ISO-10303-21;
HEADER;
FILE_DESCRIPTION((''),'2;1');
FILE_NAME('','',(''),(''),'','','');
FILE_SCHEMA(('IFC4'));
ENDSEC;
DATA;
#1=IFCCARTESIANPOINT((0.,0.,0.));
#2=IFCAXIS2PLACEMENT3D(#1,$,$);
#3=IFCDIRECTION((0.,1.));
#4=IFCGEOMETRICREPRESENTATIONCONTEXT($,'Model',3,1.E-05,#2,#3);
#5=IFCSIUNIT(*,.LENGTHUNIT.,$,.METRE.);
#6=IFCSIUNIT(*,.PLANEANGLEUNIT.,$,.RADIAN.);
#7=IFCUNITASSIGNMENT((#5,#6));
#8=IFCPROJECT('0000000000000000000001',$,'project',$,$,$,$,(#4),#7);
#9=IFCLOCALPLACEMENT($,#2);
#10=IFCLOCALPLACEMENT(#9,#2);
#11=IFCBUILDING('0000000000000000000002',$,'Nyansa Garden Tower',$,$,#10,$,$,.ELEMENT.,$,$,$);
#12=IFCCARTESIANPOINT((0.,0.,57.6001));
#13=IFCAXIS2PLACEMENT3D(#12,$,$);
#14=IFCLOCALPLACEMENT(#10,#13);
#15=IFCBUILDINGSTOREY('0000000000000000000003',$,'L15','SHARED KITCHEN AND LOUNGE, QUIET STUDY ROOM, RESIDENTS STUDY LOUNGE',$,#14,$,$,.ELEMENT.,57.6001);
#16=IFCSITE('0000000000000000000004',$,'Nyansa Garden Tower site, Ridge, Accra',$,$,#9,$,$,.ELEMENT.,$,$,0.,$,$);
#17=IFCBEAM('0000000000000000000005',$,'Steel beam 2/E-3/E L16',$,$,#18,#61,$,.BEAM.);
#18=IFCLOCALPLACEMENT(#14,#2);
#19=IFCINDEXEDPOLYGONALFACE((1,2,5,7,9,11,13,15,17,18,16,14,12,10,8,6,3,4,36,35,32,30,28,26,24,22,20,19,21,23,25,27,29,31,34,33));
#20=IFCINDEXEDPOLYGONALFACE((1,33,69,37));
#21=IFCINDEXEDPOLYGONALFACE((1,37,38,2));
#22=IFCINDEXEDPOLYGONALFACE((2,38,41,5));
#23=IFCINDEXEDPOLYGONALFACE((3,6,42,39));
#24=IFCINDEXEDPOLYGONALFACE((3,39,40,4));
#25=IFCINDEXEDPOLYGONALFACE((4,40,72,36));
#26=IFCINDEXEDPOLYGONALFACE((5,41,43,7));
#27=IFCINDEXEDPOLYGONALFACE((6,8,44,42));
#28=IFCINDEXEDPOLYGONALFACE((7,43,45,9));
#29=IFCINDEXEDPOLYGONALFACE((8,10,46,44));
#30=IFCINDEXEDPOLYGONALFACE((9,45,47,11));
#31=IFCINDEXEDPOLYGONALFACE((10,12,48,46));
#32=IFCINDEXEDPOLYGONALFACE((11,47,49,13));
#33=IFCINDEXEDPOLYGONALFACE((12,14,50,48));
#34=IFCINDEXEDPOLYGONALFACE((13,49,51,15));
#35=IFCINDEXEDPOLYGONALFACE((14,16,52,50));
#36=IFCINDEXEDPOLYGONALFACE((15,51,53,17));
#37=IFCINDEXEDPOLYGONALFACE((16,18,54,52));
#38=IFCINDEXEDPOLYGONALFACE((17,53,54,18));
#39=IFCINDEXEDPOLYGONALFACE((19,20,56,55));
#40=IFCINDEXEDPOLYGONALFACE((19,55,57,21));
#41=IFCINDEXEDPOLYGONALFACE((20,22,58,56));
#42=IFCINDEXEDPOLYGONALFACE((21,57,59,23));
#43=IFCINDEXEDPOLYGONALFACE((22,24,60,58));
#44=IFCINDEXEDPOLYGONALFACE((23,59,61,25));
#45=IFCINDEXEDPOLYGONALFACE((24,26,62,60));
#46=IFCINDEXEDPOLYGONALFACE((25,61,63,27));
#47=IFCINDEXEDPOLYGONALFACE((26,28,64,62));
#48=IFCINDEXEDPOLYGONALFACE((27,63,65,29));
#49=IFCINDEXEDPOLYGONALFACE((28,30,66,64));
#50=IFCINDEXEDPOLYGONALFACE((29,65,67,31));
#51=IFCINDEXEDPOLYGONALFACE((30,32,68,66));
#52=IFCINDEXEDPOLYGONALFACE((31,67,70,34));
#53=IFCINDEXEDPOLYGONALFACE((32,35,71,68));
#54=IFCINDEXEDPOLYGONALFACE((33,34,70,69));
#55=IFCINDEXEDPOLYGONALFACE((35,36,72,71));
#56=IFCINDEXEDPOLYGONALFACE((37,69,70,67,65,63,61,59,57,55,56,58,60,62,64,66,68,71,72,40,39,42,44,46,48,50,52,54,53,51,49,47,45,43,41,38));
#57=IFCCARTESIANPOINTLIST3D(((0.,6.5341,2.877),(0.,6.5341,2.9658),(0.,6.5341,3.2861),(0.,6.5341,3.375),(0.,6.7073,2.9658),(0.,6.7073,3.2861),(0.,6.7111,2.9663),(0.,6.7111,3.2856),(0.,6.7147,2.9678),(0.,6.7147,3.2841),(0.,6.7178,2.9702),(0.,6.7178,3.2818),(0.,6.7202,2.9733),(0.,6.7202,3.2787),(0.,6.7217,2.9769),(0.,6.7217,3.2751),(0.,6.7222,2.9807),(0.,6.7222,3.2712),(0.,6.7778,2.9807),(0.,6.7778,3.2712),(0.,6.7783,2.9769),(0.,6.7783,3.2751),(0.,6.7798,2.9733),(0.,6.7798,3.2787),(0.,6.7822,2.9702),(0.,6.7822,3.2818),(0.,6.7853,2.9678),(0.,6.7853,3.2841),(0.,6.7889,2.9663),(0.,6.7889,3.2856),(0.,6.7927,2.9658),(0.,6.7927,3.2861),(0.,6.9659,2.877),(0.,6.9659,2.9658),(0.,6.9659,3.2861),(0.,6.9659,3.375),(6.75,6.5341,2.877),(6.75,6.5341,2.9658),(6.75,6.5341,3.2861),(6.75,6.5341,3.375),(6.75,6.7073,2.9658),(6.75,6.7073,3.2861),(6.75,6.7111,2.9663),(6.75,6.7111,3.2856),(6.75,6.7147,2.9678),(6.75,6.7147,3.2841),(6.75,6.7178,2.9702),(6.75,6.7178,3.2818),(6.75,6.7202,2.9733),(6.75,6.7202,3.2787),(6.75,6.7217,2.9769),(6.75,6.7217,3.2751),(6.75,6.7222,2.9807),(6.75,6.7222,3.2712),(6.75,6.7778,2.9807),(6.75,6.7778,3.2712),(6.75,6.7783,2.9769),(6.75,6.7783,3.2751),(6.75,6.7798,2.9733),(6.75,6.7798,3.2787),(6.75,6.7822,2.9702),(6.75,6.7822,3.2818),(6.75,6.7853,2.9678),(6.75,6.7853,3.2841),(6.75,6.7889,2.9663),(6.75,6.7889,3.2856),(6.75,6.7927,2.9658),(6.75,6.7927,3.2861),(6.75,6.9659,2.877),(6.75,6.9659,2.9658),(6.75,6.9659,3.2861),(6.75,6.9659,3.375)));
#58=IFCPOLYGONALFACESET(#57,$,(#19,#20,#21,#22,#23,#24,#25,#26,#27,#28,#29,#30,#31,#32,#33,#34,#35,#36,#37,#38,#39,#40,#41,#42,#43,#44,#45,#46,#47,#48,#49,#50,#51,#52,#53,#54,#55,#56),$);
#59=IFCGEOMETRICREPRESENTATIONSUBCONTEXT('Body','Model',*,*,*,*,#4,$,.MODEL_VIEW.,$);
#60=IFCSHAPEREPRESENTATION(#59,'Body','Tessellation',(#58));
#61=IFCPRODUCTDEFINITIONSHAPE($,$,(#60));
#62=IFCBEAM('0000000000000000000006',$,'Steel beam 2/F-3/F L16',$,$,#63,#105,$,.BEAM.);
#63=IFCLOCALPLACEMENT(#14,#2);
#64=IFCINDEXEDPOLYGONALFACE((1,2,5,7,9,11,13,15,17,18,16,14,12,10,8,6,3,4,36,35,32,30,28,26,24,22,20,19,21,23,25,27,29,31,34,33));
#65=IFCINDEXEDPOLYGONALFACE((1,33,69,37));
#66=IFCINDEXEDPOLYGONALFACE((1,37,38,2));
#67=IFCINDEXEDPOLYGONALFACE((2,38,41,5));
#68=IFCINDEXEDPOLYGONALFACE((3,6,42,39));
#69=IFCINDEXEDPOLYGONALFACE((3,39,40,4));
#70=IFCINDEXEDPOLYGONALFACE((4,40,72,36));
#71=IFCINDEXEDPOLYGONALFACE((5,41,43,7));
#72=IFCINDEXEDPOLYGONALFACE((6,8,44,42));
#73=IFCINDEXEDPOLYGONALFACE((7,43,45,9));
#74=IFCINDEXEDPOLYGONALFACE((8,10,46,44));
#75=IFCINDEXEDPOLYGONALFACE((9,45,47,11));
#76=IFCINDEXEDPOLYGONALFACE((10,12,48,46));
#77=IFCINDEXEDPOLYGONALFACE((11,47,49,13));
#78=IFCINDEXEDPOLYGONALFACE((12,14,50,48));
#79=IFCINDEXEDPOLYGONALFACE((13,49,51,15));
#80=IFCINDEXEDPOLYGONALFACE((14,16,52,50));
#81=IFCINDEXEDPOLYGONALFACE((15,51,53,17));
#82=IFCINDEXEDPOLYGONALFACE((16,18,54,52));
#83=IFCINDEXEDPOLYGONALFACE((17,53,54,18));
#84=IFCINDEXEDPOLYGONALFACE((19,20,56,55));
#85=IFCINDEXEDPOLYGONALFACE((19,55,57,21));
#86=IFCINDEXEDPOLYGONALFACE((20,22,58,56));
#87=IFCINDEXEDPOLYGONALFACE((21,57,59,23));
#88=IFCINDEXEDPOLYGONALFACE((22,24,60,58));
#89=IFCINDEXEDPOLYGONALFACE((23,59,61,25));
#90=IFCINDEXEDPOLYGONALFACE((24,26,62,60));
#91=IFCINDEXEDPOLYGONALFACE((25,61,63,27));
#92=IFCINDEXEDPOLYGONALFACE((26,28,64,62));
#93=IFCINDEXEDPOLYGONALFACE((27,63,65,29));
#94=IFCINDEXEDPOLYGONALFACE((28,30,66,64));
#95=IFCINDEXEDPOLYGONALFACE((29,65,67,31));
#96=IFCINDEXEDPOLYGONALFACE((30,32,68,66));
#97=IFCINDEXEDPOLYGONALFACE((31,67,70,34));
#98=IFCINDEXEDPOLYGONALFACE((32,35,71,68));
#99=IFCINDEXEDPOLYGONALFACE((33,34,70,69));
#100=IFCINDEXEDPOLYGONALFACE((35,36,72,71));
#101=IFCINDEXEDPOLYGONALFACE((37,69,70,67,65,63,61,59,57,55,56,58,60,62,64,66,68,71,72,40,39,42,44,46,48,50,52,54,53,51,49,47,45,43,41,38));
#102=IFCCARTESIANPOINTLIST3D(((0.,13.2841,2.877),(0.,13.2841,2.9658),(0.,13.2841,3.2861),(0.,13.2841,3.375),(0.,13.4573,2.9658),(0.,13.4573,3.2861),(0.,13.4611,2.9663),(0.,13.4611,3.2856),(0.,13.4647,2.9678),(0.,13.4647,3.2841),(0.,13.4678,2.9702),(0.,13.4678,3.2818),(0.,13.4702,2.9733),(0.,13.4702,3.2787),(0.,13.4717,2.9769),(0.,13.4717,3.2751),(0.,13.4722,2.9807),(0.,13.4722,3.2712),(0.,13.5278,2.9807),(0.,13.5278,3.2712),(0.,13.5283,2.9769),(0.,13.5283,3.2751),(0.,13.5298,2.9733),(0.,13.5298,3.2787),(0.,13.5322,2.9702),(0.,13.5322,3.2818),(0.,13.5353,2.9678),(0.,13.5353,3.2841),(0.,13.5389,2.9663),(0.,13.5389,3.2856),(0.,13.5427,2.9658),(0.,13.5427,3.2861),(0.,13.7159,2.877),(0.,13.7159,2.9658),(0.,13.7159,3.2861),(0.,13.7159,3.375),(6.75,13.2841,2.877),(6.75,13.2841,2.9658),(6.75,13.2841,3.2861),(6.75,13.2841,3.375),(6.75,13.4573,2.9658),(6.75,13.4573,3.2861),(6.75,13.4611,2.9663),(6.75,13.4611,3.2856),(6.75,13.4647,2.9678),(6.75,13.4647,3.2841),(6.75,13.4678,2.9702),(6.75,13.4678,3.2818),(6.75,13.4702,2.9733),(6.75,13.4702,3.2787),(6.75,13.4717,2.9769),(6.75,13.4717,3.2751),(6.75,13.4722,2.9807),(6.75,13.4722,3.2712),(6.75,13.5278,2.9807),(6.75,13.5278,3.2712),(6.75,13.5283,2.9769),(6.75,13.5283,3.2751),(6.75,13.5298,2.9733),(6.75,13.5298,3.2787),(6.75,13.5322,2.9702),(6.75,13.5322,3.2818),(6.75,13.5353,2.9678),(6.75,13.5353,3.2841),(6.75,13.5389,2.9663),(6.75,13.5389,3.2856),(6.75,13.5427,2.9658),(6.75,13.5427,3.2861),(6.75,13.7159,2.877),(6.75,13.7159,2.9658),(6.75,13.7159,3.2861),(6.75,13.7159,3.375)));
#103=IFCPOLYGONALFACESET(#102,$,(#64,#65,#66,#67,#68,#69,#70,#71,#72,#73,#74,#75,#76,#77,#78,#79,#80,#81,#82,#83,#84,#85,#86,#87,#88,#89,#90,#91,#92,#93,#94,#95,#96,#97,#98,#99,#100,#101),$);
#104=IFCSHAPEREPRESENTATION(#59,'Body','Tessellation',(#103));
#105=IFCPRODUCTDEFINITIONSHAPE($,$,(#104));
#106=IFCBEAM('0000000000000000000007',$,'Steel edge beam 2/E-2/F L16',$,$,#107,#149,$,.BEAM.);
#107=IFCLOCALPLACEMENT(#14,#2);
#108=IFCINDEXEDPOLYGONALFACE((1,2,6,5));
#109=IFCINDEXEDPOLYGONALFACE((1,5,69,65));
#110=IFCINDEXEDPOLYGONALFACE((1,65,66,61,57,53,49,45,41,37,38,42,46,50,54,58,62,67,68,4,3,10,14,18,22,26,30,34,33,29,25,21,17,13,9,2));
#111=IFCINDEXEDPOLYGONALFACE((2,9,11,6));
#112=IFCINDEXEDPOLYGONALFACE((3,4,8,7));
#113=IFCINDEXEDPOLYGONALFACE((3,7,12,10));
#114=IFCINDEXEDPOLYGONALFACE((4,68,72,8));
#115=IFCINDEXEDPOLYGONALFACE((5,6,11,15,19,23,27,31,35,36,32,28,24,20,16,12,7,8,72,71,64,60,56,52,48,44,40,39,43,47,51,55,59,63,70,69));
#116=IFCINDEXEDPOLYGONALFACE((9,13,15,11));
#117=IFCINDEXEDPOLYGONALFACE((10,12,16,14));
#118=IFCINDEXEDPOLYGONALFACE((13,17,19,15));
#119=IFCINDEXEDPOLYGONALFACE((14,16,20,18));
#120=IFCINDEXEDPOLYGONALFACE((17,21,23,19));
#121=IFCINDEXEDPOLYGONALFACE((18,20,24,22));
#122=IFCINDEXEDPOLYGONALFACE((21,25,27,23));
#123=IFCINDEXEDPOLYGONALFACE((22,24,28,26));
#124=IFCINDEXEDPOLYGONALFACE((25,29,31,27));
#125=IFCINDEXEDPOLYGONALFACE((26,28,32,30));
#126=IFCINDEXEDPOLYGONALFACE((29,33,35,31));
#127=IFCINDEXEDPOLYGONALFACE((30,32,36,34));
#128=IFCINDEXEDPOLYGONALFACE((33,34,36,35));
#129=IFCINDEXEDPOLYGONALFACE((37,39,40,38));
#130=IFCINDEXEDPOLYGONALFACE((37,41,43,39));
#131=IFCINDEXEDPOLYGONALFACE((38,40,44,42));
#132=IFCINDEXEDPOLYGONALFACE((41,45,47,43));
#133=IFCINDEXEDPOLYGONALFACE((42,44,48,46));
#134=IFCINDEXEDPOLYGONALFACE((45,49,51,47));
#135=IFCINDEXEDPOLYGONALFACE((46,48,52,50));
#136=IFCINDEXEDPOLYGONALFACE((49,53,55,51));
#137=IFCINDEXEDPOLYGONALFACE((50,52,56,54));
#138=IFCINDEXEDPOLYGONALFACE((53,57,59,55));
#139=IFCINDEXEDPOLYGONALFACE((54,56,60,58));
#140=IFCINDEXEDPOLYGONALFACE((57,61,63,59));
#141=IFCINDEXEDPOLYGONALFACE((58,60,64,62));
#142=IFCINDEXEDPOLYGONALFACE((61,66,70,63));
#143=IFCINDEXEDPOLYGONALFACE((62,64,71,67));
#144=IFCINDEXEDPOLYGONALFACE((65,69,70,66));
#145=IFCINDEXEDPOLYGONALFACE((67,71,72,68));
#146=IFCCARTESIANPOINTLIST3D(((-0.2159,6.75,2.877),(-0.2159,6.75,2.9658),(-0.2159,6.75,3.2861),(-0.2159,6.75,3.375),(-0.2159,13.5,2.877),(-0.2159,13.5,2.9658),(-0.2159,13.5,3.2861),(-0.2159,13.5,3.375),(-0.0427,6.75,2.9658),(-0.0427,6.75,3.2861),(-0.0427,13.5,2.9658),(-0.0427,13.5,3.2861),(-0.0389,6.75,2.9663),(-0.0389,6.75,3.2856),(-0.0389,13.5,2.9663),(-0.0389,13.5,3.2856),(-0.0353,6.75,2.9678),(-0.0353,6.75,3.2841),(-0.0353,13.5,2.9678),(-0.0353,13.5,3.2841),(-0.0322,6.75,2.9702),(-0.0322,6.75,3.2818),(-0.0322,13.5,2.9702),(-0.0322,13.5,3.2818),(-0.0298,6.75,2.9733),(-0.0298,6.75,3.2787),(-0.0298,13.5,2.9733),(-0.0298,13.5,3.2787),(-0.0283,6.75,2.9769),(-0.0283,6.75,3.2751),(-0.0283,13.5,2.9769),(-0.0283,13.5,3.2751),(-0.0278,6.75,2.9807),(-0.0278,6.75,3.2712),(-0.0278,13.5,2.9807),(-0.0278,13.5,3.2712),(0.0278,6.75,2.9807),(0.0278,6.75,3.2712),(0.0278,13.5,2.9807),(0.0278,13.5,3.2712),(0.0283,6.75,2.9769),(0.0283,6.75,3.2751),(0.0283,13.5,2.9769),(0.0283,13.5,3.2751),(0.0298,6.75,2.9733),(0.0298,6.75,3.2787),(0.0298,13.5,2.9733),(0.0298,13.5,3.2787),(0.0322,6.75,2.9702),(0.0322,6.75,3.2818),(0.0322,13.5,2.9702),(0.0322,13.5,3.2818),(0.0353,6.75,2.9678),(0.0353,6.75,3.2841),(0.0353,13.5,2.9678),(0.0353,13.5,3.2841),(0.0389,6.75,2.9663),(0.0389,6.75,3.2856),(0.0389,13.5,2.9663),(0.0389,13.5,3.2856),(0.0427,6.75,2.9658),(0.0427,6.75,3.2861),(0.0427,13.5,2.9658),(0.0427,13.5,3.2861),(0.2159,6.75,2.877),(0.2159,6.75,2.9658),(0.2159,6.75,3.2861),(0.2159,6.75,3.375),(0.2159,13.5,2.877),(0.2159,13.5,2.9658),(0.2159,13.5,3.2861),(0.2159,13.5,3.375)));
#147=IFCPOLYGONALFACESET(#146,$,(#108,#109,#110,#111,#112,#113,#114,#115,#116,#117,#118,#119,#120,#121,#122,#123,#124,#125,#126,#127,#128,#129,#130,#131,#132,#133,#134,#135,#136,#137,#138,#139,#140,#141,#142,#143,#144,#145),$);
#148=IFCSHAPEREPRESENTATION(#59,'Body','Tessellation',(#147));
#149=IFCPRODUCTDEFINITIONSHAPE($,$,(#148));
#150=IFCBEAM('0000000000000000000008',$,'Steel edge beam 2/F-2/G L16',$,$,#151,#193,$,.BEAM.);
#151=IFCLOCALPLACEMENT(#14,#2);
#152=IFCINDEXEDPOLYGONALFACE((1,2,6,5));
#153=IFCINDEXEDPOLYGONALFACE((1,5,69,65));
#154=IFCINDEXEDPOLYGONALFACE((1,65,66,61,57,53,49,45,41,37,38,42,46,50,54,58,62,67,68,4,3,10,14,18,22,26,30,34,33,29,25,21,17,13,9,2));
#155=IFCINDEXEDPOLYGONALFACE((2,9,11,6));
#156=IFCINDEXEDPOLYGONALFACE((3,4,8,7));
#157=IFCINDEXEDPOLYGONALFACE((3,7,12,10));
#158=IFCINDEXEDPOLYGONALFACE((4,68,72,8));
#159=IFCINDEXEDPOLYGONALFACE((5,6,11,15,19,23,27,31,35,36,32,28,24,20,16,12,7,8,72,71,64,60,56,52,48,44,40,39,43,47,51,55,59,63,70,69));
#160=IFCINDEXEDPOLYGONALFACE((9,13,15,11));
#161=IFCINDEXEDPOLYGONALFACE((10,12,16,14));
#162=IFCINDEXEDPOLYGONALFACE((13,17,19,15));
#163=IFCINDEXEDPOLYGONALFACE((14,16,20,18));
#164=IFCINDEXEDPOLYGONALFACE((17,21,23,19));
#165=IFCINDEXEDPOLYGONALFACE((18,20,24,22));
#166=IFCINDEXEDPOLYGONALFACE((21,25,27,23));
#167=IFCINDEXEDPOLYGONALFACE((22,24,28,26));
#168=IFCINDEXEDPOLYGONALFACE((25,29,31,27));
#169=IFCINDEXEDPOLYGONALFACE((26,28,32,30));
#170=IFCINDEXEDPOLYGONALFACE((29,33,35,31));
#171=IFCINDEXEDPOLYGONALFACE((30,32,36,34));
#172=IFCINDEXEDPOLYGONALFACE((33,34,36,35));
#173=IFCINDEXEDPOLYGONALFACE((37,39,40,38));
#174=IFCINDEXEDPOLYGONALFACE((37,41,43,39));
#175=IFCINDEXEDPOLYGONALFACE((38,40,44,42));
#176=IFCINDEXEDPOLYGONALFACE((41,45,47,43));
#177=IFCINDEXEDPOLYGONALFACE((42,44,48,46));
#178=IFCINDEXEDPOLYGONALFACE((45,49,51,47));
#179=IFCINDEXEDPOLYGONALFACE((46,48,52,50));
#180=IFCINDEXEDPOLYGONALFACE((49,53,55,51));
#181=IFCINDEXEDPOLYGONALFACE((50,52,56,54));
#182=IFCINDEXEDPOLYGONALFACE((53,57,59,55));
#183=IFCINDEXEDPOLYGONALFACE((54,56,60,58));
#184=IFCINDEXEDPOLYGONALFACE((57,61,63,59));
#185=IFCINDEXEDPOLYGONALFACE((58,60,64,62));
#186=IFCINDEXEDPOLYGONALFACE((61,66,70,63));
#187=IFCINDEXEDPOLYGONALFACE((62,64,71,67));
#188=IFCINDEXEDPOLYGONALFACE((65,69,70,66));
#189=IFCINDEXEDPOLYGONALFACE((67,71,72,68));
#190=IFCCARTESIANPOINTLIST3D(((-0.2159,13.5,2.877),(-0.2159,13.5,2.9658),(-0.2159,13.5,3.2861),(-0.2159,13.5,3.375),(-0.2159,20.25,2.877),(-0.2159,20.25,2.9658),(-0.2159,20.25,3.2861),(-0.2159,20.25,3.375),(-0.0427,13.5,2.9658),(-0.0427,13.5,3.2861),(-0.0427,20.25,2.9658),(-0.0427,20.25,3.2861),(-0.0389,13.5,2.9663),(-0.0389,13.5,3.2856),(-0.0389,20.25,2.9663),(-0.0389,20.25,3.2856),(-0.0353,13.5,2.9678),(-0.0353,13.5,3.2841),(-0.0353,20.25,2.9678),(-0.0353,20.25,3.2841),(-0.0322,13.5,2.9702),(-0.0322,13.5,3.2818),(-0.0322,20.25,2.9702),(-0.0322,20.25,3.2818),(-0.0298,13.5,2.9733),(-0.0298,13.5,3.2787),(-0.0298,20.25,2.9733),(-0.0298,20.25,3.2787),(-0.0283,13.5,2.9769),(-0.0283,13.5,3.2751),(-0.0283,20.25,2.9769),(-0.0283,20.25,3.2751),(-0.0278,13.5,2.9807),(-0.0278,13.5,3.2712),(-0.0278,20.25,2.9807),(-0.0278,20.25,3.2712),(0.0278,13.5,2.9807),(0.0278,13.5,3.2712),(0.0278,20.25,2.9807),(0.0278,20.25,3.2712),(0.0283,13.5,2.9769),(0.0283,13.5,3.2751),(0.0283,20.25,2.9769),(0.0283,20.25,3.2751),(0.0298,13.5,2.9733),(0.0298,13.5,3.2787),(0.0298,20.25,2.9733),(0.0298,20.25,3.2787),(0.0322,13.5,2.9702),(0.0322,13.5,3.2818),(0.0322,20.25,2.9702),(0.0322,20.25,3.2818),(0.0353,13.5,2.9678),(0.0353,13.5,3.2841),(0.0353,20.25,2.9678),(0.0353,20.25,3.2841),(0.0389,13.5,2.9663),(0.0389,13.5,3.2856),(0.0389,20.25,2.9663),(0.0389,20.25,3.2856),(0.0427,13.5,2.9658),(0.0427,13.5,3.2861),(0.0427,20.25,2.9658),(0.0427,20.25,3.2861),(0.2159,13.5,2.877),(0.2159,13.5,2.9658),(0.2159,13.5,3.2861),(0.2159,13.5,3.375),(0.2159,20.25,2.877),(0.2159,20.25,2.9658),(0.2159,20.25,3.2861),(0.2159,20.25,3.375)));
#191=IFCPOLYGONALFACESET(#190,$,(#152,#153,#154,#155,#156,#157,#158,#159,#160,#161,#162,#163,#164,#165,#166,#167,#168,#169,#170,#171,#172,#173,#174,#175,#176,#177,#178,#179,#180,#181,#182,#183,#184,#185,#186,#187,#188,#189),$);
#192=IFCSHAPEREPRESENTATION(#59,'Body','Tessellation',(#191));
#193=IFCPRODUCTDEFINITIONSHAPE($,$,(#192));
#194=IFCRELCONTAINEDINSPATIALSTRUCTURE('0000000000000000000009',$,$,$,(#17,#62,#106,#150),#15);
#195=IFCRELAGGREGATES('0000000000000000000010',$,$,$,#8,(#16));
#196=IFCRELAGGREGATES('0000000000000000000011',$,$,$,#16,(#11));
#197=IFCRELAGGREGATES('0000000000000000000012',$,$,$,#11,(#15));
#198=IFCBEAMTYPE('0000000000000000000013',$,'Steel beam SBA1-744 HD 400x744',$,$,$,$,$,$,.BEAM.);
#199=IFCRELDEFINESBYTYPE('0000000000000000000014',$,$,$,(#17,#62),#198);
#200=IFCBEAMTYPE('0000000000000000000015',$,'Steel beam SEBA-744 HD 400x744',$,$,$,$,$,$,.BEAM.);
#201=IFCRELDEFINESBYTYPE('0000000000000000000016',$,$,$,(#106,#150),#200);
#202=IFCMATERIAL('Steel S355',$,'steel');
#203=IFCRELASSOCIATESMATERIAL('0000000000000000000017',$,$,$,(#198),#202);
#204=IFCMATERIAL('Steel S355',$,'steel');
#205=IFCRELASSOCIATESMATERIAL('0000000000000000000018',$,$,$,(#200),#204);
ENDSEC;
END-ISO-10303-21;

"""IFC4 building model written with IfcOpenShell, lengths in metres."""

from ifc_helpers import new_model, si_unit, direction, frame, origin, origin_2d, place, context, subcontext, project, spatial, i_section, extrude, material, material_profile, profile_set, type_object, element, save


model = new_model("IFC4")

# Units and contexts
model_context = context("Model", 3, precision=1e-05, world=origin(), true_north=direction((0.0, 1.0)))
body_context = subcontext(model_context, "Body", "Model", "MODEL_VIEW")
ifc_project = project(units=[si_unit("LENGTHUNIT", "METRE"), si_unit("PLANEANGLEUNIT", "RADIAN")], contexts=[model_context])

# Site, building, storey
site_placement = place(None, origin())
site = spatial("IfcSite", under=ifc_project, at=site_placement, Name="Nyansa Garden Tower site, Ridge, Accra", CompositionType="ELEMENT", RefElevation=0.0)
building_placement = place(site_placement, origin())
building = spatial("IfcBuilding", under=site, at=building_placement, Name="Nyansa Garden Tower", CompositionType="ELEMENT")
storey_placement = place(building_placement, frame((0.0, 0.0, 57.6001)))
storey = spatial("IfcBuildingStorey", under=building, at=storey_placement, Name="L15", Description="SHARED KITCHEN AND LOUNGE, QUIET STUDY ROOM, RESIDENTS STUDY LOUNGE", CompositionType="ELEMENT", Elevation=57.6001)

# Beams
ifc_material_1 = material(Name="Steel S355", Category="steel")
ifc_material_profile_1 = material_profile(ifc_material_1, i_section(OverallWidth=0.4319, OverallDepth=0.498, WebThickness=0.0557, FlangeThickness=0.0889, FilletRadius=0.0149, at=origin_2d()), Name="HD 400x744")
ifc_profile_set_1 = profile_set([ifc_material_profile_1], Name="Steel S355")
beam_type_1 = type_object("IfcBeamType", Name="Steel beam SBA1-744 HD 400x744", PredefinedType="BEAM", material=ifc_profile_set_1)
for number, where, z_axis, x_axis, name in (
    (1, (0.0, 6.75, 3.126), (1.0, 0.0, 0.0), (0.0, 1.0, 0.0), "Steel beam 2/E-3/E L16"),
    (2, (0.0, 13.5, 3.126), (1.0, 0.0, 0.0), (0.0, 1.0, 0.0), "Steel beam 2/F-3/F L16"),
):
    element("IfcBeam", number, at=place(storey_placement, frame(where, z_axis=z_axis, x_axis=x_axis)), inside=storey, type_object=beam_type_1, Name=name, PredefinedType="BEAM", context=body_context, shape_type="SweptSolid", body=[
        extrude(i_section(OverallWidth=0.4319, OverallDepth=0.498, WebThickness=0.0557, FlangeThickness=0.0889, FilletRadius=0.0149, at=origin_2d()), origin(), (0.0, 0.0, 1.0), 6.75),
    ])
ifc_material_2 = material(Name="Steel S355", Category="steel")
ifc_material_profile_2 = material_profile(ifc_material_2, i_section(OverallWidth=0.4319, OverallDepth=0.498, WebThickness=0.0557, FlangeThickness=0.0889, FilletRadius=0.0149, at=origin_2d()), Name="HD 400x744")
ifc_profile_set_2 = profile_set([ifc_material_profile_2], Name="Steel S355")
beam_type_2 = type_object("IfcBeamType", Name="Steel beam SEBA-744 HD 400x744", PredefinedType="BEAM", material=ifc_profile_set_2)
for number, where, z_axis, x_axis, name in (
    (3, (0.0, 6.75, 3.126), (0.0, 1.0, 0.0), (-1.0, 0.0, 0.0), "Steel edge beam 2/E-2/F L16"),
    (4, (0.0, 13.5, 3.126), (0.0, 1.0, 0.0), (-1.0, 0.0, 0.0), "Steel edge beam 2/F-2/G L16"),
):
    element("IfcBeam", number, at=place(storey_placement, frame(where, z_axis=z_axis, x_axis=x_axis)), inside=storey, type_object=beam_type_2, Name=name, PredefinedType="BEAM", context=body_context, shape_type="SweptSolid", body=[
        extrude(i_section(OverallWidth=0.4319, OverallDepth=0.498, WebThickness=0.0557, FlangeThickness=0.0889, FilletRadius=0.0149, at=origin_2d()), origin(), (0.0, 0.0, 1.0), 6.75),
    ])

save(model, "model.ifc")
